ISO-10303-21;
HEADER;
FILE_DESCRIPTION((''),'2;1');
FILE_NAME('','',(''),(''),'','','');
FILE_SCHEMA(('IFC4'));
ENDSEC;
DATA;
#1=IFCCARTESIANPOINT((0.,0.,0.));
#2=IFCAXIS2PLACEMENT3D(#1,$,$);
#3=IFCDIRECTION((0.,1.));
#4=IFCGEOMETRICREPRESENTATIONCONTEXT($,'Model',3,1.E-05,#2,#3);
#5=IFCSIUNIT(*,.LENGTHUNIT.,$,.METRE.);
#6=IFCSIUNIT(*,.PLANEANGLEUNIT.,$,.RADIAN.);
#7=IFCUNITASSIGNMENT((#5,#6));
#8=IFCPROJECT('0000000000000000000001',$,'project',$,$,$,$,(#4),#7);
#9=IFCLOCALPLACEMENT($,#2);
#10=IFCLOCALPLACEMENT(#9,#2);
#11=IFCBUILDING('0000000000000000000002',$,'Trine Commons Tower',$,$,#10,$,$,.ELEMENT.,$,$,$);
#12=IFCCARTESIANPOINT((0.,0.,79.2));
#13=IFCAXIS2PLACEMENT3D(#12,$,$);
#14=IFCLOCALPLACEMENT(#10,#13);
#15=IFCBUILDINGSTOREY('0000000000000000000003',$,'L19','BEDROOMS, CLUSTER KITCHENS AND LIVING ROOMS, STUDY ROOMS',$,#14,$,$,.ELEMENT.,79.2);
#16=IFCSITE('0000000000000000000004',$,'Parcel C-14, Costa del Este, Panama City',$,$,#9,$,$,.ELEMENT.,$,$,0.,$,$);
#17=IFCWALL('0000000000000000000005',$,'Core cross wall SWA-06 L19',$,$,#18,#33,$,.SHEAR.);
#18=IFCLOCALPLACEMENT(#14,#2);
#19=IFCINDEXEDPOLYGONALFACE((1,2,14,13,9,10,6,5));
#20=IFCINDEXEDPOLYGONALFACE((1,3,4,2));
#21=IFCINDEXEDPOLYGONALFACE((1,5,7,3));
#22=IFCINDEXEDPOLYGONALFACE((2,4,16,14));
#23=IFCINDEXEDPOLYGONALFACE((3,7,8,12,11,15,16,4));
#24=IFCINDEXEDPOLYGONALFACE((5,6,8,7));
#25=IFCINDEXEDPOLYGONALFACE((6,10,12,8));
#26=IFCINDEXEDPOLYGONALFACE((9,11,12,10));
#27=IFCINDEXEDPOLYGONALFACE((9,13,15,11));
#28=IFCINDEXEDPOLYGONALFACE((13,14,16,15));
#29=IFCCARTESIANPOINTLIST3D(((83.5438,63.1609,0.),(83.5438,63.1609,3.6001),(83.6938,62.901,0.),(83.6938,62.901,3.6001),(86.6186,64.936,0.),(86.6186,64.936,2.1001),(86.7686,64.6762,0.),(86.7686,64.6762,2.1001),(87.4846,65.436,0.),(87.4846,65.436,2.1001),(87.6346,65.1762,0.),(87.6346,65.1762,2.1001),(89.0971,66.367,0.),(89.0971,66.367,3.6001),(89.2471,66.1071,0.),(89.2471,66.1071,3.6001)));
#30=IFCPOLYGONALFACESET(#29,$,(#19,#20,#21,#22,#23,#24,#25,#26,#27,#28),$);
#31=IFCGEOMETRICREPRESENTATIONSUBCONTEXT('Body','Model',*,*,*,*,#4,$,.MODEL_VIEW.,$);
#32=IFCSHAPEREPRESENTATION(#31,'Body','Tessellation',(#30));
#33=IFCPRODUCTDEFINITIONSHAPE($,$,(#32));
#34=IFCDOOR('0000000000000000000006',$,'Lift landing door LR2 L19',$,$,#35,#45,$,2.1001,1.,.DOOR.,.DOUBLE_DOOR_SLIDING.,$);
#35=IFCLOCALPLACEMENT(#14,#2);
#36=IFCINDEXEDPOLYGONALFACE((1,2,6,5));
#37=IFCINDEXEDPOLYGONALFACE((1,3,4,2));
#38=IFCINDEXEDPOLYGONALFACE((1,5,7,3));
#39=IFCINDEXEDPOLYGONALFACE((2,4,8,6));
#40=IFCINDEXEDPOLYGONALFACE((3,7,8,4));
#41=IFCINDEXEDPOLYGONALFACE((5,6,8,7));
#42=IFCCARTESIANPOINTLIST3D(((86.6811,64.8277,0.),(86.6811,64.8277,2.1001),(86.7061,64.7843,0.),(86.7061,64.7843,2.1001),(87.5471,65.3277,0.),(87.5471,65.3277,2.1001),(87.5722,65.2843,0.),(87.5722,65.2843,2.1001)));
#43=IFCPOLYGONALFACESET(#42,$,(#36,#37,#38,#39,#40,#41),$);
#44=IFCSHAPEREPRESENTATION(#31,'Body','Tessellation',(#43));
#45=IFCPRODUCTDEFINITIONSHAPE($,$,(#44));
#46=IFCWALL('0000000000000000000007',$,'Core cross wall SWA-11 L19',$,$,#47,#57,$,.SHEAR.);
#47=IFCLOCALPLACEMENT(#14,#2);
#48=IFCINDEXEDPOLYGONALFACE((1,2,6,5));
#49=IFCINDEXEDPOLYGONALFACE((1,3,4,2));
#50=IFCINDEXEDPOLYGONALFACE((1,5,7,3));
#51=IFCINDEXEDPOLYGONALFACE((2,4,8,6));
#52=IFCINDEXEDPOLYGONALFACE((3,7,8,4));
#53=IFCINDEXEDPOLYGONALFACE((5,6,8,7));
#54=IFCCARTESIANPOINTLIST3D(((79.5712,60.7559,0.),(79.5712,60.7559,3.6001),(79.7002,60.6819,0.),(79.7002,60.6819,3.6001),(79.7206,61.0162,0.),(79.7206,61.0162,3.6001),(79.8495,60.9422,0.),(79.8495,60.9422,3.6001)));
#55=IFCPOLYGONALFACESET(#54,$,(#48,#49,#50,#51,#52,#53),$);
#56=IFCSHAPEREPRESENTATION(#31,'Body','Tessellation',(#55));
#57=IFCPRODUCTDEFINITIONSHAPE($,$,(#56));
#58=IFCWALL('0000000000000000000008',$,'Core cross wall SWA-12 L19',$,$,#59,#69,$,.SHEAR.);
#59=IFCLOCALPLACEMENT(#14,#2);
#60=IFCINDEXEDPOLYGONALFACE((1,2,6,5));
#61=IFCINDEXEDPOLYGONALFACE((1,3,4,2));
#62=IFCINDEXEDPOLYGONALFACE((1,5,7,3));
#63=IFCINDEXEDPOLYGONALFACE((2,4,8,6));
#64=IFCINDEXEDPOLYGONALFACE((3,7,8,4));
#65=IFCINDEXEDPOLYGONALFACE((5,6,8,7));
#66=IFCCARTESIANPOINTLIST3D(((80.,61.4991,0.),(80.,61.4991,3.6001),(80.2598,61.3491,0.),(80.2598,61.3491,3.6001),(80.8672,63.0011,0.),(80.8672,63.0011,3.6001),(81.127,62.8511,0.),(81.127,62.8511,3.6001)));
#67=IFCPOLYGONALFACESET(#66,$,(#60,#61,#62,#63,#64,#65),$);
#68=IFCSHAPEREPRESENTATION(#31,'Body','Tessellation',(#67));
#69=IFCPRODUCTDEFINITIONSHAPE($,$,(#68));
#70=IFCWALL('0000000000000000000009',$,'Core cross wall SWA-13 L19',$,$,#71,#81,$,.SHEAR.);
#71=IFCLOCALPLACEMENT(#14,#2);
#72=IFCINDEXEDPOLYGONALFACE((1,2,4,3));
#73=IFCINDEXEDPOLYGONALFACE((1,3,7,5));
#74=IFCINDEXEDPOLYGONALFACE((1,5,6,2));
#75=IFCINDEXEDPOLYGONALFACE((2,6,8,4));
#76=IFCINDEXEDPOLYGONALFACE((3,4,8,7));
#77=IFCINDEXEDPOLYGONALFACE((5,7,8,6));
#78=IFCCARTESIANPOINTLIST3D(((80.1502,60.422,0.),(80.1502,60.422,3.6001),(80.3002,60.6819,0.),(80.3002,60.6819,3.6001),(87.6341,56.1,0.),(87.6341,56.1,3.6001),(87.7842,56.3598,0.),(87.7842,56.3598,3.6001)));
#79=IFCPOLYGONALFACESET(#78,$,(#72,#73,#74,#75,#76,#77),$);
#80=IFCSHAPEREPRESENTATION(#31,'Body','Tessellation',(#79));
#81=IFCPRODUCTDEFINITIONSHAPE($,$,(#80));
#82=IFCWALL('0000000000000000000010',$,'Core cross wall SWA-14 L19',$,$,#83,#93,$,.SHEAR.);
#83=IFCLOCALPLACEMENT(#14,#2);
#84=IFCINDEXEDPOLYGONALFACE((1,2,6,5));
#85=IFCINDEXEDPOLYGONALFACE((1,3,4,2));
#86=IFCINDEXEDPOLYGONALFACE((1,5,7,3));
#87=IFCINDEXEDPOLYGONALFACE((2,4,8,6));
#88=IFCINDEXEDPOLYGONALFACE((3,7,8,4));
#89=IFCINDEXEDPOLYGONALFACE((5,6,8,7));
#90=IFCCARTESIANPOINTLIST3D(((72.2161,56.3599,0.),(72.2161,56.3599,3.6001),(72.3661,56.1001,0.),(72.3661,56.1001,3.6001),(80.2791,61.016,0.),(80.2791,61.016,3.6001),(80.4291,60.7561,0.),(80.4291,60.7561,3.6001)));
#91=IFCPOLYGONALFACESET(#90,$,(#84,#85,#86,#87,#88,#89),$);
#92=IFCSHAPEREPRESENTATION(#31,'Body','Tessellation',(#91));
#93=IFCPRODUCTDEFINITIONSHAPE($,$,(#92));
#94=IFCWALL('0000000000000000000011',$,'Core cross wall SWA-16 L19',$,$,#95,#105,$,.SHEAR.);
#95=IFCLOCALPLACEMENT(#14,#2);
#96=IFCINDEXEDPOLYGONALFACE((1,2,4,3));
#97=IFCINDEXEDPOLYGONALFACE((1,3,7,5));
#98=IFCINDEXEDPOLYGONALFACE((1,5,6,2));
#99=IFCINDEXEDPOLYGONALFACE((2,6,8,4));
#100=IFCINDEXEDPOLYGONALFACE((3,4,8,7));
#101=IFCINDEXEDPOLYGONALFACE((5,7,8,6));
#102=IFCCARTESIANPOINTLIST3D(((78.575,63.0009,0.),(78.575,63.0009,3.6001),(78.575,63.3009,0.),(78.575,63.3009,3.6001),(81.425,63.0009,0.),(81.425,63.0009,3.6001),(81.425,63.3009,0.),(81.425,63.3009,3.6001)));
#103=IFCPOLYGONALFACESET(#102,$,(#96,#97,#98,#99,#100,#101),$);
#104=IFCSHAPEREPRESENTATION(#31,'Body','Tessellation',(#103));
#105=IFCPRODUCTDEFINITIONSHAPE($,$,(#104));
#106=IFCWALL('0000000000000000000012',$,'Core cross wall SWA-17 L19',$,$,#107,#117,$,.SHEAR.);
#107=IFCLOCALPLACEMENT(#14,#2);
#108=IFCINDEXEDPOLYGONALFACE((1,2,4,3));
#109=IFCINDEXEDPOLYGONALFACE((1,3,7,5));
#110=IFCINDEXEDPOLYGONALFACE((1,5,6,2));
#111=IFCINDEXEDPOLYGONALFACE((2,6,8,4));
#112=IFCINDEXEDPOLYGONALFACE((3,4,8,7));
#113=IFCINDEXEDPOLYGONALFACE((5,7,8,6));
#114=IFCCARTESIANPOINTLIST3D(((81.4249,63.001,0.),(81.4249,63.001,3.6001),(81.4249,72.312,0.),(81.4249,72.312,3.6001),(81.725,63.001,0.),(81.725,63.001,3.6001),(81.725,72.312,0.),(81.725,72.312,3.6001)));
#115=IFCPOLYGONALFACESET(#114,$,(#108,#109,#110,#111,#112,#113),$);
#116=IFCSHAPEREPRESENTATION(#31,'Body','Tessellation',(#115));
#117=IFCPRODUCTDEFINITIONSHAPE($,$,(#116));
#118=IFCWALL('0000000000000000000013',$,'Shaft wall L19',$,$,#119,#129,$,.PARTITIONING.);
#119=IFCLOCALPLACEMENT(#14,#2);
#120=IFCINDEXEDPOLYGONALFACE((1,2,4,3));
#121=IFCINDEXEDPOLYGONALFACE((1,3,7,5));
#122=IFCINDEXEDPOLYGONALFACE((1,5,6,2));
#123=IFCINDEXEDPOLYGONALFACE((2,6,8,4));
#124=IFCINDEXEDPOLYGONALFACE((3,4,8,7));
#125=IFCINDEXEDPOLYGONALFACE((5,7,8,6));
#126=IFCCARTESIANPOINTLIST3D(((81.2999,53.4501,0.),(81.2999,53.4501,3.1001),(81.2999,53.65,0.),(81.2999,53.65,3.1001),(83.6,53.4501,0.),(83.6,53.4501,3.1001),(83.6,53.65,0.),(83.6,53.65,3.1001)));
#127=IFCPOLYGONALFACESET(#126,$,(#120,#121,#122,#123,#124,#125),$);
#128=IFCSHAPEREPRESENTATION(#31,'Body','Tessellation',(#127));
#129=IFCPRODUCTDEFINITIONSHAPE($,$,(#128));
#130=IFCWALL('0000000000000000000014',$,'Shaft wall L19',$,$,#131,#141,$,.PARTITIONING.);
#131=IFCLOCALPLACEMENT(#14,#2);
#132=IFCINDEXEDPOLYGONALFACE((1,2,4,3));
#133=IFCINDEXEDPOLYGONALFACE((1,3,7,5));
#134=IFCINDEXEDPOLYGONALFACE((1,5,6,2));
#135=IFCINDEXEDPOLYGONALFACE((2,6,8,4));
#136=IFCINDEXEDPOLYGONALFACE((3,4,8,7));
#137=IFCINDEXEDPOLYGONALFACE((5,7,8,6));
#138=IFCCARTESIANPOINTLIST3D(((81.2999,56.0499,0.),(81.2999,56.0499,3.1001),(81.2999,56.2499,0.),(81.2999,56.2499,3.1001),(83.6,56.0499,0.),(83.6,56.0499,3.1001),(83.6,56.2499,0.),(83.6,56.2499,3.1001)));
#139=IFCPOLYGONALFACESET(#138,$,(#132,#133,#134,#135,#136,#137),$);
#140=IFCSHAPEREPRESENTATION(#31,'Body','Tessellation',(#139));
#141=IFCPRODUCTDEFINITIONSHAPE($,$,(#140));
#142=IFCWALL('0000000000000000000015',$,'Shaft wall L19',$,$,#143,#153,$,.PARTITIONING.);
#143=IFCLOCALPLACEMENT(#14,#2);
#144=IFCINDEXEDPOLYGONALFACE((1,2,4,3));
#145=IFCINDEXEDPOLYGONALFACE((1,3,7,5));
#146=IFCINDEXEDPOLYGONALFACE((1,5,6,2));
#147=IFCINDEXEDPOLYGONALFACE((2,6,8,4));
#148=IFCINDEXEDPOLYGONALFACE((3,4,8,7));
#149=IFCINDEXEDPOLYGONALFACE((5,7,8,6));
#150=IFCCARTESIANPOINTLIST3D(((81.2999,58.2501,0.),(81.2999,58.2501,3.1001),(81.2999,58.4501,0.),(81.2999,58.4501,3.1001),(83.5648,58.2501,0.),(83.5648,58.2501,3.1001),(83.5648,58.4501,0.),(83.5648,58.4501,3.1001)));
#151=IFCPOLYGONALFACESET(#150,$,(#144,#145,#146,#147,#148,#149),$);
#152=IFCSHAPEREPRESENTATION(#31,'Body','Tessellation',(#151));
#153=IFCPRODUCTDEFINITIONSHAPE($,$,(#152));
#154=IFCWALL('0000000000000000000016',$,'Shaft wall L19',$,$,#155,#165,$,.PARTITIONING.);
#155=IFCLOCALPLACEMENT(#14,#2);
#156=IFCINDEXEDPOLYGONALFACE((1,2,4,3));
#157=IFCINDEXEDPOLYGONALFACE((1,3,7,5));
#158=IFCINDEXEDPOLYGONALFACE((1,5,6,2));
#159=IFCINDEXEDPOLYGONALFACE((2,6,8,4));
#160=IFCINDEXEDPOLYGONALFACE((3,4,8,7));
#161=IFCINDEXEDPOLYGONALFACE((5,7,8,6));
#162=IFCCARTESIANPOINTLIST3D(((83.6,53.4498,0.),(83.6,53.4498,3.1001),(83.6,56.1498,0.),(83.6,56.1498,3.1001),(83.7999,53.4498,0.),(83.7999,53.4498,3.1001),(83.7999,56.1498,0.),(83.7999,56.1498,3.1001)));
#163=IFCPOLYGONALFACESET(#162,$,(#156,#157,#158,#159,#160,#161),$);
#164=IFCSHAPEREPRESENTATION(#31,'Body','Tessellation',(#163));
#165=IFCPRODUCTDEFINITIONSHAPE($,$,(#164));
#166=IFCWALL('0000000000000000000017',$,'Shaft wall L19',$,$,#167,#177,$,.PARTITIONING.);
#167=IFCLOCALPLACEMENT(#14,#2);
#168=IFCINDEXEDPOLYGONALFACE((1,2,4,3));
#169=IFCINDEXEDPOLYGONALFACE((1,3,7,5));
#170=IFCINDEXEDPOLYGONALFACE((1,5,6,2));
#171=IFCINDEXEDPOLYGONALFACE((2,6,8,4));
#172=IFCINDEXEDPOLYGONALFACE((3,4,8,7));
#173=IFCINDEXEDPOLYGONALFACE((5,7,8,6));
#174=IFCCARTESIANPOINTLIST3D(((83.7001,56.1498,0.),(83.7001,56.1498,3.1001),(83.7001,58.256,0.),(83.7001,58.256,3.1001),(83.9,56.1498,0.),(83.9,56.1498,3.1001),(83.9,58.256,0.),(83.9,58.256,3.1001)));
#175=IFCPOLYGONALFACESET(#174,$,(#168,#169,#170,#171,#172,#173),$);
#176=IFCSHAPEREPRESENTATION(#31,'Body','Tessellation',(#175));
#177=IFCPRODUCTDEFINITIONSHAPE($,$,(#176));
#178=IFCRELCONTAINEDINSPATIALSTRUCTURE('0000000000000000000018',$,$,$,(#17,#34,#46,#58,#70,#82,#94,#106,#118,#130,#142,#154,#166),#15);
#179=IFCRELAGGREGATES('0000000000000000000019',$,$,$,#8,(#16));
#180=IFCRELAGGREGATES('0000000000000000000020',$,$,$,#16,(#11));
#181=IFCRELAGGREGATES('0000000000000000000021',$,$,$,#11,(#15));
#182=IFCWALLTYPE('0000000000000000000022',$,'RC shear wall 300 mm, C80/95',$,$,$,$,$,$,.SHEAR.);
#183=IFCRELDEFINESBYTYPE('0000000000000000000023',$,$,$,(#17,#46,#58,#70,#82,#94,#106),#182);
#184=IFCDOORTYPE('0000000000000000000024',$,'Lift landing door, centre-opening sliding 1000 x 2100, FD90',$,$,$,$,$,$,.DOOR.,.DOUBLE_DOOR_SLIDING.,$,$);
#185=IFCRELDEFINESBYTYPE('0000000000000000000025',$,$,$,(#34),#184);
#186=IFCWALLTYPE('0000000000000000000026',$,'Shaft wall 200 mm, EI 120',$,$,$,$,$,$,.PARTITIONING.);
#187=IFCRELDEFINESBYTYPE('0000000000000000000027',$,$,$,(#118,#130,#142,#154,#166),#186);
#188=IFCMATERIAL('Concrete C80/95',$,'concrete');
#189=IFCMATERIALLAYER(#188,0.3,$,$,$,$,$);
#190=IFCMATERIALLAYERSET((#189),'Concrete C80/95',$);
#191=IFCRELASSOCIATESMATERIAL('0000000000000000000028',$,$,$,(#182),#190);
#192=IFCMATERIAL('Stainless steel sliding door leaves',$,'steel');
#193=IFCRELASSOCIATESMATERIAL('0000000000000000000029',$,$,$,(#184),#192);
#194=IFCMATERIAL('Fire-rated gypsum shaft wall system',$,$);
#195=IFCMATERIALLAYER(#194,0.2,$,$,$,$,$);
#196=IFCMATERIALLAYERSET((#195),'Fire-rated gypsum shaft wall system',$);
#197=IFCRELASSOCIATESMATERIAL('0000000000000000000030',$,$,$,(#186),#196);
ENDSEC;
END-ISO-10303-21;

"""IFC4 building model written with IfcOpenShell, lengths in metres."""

from ifc_helpers import new_model, si_unit, direction, frame, frame_2d, origin, place, context, subcontext, project, spatial, rectangle, extrude, material, layer, layer_set, type_object, element, fill, save


model = new_model("IFC4")

# Units and contexts
model_context = context("Model", 3, precision=1e-05, world=origin(), true_north=direction((0.0, 1.0)))
body_context = subcontext(model_context, "Body", "Model", "MODEL_VIEW")
ifc_project = project(units=[si_unit("LENGTHUNIT", "METRE"), si_unit("PLANEANGLEUNIT", "RADIAN")], contexts=[model_context])

# Site, building, storey
site_placement = place(None, origin())
site = spatial("IfcSite", under=ifc_project, at=site_placement, Name="Parcel C-14, Costa del Este, Panama City", CompositionType="ELEMENT", RefElevation=0.0)
building_placement = place(site_placement, origin())
building = spatial("IfcBuilding", under=site, at=building_placement, Name="Trine Commons Tower", CompositionType="ELEMENT")
storey_placement = place(building_placement, frame((0.0, 0.0, 79.2)))
storey = spatial("IfcBuildingStorey", under=building, at=storey_placement, Name="L19", Description="BEDROOMS, CLUSTER KITCHENS AND LIVING ROOMS, STUDY ROOMS", CompositionType="ELEMENT", Elevation=79.2)

# Shared definitions
ifc_material_1 = material(Name="Fire-rated gypsum shaft wall system")
ifc_material_2 = material(Name="Concrete C80/95", Category="concrete")

# Shared definitions
ifc_layer_1 = layer(ifc_material_2, 0.3)
ifc_layer_set_1 = layer_set([ifc_layer_1], Name="Concrete C80/95")
wall_type_1 = type_object("IfcWallType", Name="RC shear wall 300 mm, C80/95", PredefinedType="SHEAR", material=ifc_layer_set_1)
ifc_material_3 = material(Name="Stainless steel sliding door leaves", Category="steel")

# Wall, opening, door
wall_1_placement = place(storey_placement, frame((83.6189, 63.031, 0.0), z_axis=(0.0, 0.0, 1.0), x_axis=(0.866032, 0.499988, 0.0)))
wall_1 = element("IfcWall", 1, at=wall_1_placement, inside=storey, type_object=wall_type_1, Name="Core cross wall SWA-06 L19", PredefinedType="SHEAR", context=body_context, shape_type="SweptSolid", body=[
    extrude(rectangle(XDim=6.4124, YDim=0.3, at=frame_2d((3.2061, 0.0))), origin(), (0.0, 0.0, 1.0), 3.6001),
])
opening_1_placement = place(wall_1_placement, frame((3.5503, 0.0, 0.0)))
opening_1 = element("IfcOpeningElement", 2, at=opening_1_placement, cuts=wall_1, PredefinedType="OPENING", context=body_context, shape_type="SweptSolid", body=[
    extrude(rectangle(XDim=1.0, YDim=2.1001, at=frame_2d((0.5, 1.05))), frame((0.0, 0.1599, 0.0), z_axis=(0.0, -1.0, 0.0), x_axis=(1.0, 0.0, 0.0)), (0.0, 0.0, 1.0), 0.3201),
])
door_type_1 = type_object("IfcDoorType", Name="Lift landing door, centre-opening sliding 1000 x 2100, FD90", OperationType="DOUBLE_DOOR_SLIDING", PredefinedType="DOOR", material=ifc_material_3)
door_1_placement = place(opening_1_placement, origin())
door_1 = element("IfcDoor", 3, at=door_1_placement, inside=storey, type_object=door_type_1, Name="Lift landing door LR2 L19", OperationType="DOUBLE_DOOR_SLIDING", OverallHeight=2.1001, OverallWidth=1.0, PredefinedType="DOOR", context=body_context, shape_type="SweptSolid", body=[
    extrude(rectangle(XDim=1.0, YDim=2.1001, at=frame_2d((0.5, 1.05))), frame((0.0, 0.0249, 0.0), z_axis=(0.0, -1.0, 0.0), x_axis=(1.0, 0.0, 0.0)), (0.0, 0.0, 1.0), 0.05),
])
fill(opening_1, door_1)

# Walls
wall_2_placement = place(storey_placement, frame((79.646, 60.886, 0.0), z_axis=(0.0, 0.0, 1.0), x_axis=(0.867332, -0.49773, 0.0)))
element("IfcWall", 4, at=wall_2_placement, inside=storey, type_object=wall_type_1, Name="Core cross wall SWA-11 L19", PredefinedType="SHEAR", context=body_context, shape_type="SweptSolid", body=[
    extrude(rectangle(XDim=0.1487, YDim=0.3, at=frame_2d((0.0742, 0.0))), origin(), (0.0, 0.0, 1.0), 3.6001),
])
wall_3_placement = place(storey_placement, frame((80.1299, 61.4241, 0.0), z_axis=(0.0, 0.0, 1.0), x_axis=(0.500015, 0.866017, 0.0)))
element("IfcWall", 5, at=wall_3_placement, inside=storey, type_object=wall_type_1, Name="Core cross wall SWA-12 L19", PredefinedType="SHEAR", context=body_context, shape_type="SweptSolid", body=[
    extrude(rectangle(XDim=1.7344, YDim=0.3, at=frame_2d((0.8672, 0.0))), origin(), (0.0, 0.0, 1.0), 3.6001),
])
wall_4_placement = place(storey_placement, frame((80.2251, 60.552, 0.0), z_axis=(0.0, 0.0, 1.0), x_axis=(0.865965, -0.500104, 0.0)))
element("IfcWall", 6, at=wall_4_placement, inside=storey, type_object=wall_type_1, Name="Core cross wall SWA-13 L19", PredefinedType="SHEAR", context=body_context, shape_type="SweptSolid", body=[
    extrude(rectangle(XDim=8.6423, YDim=0.3, at=frame_2d((4.3213, 0.0))), origin(), (0.0, 0.0, 1.0), 3.6001),
])
wall_5_placement = place(storey_placement, frame((80.354, 60.886, 0.0), z_axis=(0.0, 0.0, 1.0), x_axis=(-0.865986, -0.500067, 0.0)))
element("IfcWall", 7, at=wall_5_placement, inside=storey, type_object=wall_type_1, Name="Core cross wall SWA-14 L19", PredefinedType="SHEAR", context=body_context, shape_type="SweptSolid", body=[
    extrude(rectangle(XDim=9.3108, YDim=0.3, at=frame_2d((4.6553, 0.0))), origin(), (0.0, 0.0, 1.0), 3.6001),
])
wall_6_placement = place(storey_placement, frame((81.425, 63.1509, 0.0), z_axis=(0.0, 0.0, 1.0), x_axis=(-1.0, 0.0, 0.0)))
element("IfcWall", 8, at=wall_6_placement, inside=storey, type_object=wall_type_1, Name="Core cross wall SWA-16 L19", PredefinedType="SHEAR", context=body_context, shape_type="SweptSolid", body=[
    extrude(rectangle(XDim=2.8501, YDim=0.3, at=frame_2d((1.425, 0.0))), origin(), (0.0, 0.0, 1.0), 3.6001),
])
wall_7_placement = place(storey_placement, frame((81.575, 63.001, 0.0), z_axis=(0.0, 0.0, 1.0), x_axis=(0.0, 1.0, 0.0)))
element("IfcWall", 9, at=wall_7_placement, inside=storey, type_object=wall_type_1, Name="Core cross wall SWA-17 L19", PredefinedType="SHEAR", context=body_context, shape_type="SweptSolid", body=[
    extrude(rectangle(XDim=9.311, YDim=0.3, at=frame_2d((4.6555, 0.0))), origin(), (0.0, 0.0, 1.0), 3.6001),
])
ifc_layer_2 = layer(ifc_material_1, 0.2)
ifc_layer_set_2 = layer_set([ifc_layer_2], Name="Fire-rated gypsum shaft wall system")
wall_type_2 = type_object("IfcWallType", Name="Shaft wall 200 mm, EI 120", PredefinedType="PARTITIONING", material=ifc_layer_set_2)
for number, where, z_axis, x_axis, name in (
    (10, (81.3, 53.55, 0.0), (0.0, 0.0, 1.0), (1.0, 0.0, 0.0), "Shaft wall L19"),
    (11, (81.3, 56.1499, 0.0), (0.0, 0.0, 1.0), (1.0, 0.0, 0.0), "Shaft wall L19"),
):
    element("IfcWall", number, at=place(storey_placement, frame(where, z_axis=z_axis, x_axis=x_axis)), inside=storey, type_object=wall_type_2, Name=name, PredefinedType="PARTITIONING", context=body_context, shape_type="SweptSolid", body=[
        extrude(rectangle(XDim=2.3, YDim=0.2, at=frame_2d((1.1499, 0.0))), origin(), (0.0, 0.0, 1.0), 3.1001),
    ])
wall_8_placement = place(storey_placement, frame((81.3, 58.3501, 0.0), z_axis=(0.0, 0.0, 1.0), x_axis=(1.0, 0.0, 0.0)))
element("IfcWall", 12, at=wall_8_placement, inside=storey, type_object=wall_type_2, Name="Shaft wall L19", PredefinedType="PARTITIONING", context=body_context, shape_type="SweptSolid", body=[
    extrude(rectangle(XDim=2.2649, YDim=0.2, at=frame_2d((1.1323, 0.0))), origin(), (0.0, 0.0, 1.0), 3.1001),
])
wall_9_placement = place(storey_placement, frame((83.7, 56.1499, 0.0), z_axis=(0.0, 0.0, 1.0), x_axis=(0.0, -1.0, 0.0)))
element("IfcWall", 13, at=wall_9_placement, inside=storey, type_object=wall_type_2, Name="Shaft wall L19", PredefinedType="PARTITIONING", context=body_context, shape_type="SweptSolid", body=[
    extrude(rectangle(XDim=2.7, YDim=0.2, at=frame_2d((1.3501, 0.0))), origin(), (0.0, 0.0, 1.0), 3.1001),
])
wall_10_placement = place(storey_placement, frame((83.8, 58.2561, 0.0), z_axis=(0.0, 0.0, 1.0), x_axis=(0.0, -1.0, 0.0)))
element("IfcWall", 14, at=wall_10_placement, inside=storey, type_object=wall_type_2, Name="Shaft wall L19", PredefinedType="PARTITIONING", context=body_context, shape_type="SweptSolid", body=[
    extrude(rectangle(XDim=2.1062, YDim=0.2, at=frame_2d((1.0532, 0.0))), origin(), (0.0, 0.0, 1.0), 3.1001),
])

save(model, "model.ifc")
